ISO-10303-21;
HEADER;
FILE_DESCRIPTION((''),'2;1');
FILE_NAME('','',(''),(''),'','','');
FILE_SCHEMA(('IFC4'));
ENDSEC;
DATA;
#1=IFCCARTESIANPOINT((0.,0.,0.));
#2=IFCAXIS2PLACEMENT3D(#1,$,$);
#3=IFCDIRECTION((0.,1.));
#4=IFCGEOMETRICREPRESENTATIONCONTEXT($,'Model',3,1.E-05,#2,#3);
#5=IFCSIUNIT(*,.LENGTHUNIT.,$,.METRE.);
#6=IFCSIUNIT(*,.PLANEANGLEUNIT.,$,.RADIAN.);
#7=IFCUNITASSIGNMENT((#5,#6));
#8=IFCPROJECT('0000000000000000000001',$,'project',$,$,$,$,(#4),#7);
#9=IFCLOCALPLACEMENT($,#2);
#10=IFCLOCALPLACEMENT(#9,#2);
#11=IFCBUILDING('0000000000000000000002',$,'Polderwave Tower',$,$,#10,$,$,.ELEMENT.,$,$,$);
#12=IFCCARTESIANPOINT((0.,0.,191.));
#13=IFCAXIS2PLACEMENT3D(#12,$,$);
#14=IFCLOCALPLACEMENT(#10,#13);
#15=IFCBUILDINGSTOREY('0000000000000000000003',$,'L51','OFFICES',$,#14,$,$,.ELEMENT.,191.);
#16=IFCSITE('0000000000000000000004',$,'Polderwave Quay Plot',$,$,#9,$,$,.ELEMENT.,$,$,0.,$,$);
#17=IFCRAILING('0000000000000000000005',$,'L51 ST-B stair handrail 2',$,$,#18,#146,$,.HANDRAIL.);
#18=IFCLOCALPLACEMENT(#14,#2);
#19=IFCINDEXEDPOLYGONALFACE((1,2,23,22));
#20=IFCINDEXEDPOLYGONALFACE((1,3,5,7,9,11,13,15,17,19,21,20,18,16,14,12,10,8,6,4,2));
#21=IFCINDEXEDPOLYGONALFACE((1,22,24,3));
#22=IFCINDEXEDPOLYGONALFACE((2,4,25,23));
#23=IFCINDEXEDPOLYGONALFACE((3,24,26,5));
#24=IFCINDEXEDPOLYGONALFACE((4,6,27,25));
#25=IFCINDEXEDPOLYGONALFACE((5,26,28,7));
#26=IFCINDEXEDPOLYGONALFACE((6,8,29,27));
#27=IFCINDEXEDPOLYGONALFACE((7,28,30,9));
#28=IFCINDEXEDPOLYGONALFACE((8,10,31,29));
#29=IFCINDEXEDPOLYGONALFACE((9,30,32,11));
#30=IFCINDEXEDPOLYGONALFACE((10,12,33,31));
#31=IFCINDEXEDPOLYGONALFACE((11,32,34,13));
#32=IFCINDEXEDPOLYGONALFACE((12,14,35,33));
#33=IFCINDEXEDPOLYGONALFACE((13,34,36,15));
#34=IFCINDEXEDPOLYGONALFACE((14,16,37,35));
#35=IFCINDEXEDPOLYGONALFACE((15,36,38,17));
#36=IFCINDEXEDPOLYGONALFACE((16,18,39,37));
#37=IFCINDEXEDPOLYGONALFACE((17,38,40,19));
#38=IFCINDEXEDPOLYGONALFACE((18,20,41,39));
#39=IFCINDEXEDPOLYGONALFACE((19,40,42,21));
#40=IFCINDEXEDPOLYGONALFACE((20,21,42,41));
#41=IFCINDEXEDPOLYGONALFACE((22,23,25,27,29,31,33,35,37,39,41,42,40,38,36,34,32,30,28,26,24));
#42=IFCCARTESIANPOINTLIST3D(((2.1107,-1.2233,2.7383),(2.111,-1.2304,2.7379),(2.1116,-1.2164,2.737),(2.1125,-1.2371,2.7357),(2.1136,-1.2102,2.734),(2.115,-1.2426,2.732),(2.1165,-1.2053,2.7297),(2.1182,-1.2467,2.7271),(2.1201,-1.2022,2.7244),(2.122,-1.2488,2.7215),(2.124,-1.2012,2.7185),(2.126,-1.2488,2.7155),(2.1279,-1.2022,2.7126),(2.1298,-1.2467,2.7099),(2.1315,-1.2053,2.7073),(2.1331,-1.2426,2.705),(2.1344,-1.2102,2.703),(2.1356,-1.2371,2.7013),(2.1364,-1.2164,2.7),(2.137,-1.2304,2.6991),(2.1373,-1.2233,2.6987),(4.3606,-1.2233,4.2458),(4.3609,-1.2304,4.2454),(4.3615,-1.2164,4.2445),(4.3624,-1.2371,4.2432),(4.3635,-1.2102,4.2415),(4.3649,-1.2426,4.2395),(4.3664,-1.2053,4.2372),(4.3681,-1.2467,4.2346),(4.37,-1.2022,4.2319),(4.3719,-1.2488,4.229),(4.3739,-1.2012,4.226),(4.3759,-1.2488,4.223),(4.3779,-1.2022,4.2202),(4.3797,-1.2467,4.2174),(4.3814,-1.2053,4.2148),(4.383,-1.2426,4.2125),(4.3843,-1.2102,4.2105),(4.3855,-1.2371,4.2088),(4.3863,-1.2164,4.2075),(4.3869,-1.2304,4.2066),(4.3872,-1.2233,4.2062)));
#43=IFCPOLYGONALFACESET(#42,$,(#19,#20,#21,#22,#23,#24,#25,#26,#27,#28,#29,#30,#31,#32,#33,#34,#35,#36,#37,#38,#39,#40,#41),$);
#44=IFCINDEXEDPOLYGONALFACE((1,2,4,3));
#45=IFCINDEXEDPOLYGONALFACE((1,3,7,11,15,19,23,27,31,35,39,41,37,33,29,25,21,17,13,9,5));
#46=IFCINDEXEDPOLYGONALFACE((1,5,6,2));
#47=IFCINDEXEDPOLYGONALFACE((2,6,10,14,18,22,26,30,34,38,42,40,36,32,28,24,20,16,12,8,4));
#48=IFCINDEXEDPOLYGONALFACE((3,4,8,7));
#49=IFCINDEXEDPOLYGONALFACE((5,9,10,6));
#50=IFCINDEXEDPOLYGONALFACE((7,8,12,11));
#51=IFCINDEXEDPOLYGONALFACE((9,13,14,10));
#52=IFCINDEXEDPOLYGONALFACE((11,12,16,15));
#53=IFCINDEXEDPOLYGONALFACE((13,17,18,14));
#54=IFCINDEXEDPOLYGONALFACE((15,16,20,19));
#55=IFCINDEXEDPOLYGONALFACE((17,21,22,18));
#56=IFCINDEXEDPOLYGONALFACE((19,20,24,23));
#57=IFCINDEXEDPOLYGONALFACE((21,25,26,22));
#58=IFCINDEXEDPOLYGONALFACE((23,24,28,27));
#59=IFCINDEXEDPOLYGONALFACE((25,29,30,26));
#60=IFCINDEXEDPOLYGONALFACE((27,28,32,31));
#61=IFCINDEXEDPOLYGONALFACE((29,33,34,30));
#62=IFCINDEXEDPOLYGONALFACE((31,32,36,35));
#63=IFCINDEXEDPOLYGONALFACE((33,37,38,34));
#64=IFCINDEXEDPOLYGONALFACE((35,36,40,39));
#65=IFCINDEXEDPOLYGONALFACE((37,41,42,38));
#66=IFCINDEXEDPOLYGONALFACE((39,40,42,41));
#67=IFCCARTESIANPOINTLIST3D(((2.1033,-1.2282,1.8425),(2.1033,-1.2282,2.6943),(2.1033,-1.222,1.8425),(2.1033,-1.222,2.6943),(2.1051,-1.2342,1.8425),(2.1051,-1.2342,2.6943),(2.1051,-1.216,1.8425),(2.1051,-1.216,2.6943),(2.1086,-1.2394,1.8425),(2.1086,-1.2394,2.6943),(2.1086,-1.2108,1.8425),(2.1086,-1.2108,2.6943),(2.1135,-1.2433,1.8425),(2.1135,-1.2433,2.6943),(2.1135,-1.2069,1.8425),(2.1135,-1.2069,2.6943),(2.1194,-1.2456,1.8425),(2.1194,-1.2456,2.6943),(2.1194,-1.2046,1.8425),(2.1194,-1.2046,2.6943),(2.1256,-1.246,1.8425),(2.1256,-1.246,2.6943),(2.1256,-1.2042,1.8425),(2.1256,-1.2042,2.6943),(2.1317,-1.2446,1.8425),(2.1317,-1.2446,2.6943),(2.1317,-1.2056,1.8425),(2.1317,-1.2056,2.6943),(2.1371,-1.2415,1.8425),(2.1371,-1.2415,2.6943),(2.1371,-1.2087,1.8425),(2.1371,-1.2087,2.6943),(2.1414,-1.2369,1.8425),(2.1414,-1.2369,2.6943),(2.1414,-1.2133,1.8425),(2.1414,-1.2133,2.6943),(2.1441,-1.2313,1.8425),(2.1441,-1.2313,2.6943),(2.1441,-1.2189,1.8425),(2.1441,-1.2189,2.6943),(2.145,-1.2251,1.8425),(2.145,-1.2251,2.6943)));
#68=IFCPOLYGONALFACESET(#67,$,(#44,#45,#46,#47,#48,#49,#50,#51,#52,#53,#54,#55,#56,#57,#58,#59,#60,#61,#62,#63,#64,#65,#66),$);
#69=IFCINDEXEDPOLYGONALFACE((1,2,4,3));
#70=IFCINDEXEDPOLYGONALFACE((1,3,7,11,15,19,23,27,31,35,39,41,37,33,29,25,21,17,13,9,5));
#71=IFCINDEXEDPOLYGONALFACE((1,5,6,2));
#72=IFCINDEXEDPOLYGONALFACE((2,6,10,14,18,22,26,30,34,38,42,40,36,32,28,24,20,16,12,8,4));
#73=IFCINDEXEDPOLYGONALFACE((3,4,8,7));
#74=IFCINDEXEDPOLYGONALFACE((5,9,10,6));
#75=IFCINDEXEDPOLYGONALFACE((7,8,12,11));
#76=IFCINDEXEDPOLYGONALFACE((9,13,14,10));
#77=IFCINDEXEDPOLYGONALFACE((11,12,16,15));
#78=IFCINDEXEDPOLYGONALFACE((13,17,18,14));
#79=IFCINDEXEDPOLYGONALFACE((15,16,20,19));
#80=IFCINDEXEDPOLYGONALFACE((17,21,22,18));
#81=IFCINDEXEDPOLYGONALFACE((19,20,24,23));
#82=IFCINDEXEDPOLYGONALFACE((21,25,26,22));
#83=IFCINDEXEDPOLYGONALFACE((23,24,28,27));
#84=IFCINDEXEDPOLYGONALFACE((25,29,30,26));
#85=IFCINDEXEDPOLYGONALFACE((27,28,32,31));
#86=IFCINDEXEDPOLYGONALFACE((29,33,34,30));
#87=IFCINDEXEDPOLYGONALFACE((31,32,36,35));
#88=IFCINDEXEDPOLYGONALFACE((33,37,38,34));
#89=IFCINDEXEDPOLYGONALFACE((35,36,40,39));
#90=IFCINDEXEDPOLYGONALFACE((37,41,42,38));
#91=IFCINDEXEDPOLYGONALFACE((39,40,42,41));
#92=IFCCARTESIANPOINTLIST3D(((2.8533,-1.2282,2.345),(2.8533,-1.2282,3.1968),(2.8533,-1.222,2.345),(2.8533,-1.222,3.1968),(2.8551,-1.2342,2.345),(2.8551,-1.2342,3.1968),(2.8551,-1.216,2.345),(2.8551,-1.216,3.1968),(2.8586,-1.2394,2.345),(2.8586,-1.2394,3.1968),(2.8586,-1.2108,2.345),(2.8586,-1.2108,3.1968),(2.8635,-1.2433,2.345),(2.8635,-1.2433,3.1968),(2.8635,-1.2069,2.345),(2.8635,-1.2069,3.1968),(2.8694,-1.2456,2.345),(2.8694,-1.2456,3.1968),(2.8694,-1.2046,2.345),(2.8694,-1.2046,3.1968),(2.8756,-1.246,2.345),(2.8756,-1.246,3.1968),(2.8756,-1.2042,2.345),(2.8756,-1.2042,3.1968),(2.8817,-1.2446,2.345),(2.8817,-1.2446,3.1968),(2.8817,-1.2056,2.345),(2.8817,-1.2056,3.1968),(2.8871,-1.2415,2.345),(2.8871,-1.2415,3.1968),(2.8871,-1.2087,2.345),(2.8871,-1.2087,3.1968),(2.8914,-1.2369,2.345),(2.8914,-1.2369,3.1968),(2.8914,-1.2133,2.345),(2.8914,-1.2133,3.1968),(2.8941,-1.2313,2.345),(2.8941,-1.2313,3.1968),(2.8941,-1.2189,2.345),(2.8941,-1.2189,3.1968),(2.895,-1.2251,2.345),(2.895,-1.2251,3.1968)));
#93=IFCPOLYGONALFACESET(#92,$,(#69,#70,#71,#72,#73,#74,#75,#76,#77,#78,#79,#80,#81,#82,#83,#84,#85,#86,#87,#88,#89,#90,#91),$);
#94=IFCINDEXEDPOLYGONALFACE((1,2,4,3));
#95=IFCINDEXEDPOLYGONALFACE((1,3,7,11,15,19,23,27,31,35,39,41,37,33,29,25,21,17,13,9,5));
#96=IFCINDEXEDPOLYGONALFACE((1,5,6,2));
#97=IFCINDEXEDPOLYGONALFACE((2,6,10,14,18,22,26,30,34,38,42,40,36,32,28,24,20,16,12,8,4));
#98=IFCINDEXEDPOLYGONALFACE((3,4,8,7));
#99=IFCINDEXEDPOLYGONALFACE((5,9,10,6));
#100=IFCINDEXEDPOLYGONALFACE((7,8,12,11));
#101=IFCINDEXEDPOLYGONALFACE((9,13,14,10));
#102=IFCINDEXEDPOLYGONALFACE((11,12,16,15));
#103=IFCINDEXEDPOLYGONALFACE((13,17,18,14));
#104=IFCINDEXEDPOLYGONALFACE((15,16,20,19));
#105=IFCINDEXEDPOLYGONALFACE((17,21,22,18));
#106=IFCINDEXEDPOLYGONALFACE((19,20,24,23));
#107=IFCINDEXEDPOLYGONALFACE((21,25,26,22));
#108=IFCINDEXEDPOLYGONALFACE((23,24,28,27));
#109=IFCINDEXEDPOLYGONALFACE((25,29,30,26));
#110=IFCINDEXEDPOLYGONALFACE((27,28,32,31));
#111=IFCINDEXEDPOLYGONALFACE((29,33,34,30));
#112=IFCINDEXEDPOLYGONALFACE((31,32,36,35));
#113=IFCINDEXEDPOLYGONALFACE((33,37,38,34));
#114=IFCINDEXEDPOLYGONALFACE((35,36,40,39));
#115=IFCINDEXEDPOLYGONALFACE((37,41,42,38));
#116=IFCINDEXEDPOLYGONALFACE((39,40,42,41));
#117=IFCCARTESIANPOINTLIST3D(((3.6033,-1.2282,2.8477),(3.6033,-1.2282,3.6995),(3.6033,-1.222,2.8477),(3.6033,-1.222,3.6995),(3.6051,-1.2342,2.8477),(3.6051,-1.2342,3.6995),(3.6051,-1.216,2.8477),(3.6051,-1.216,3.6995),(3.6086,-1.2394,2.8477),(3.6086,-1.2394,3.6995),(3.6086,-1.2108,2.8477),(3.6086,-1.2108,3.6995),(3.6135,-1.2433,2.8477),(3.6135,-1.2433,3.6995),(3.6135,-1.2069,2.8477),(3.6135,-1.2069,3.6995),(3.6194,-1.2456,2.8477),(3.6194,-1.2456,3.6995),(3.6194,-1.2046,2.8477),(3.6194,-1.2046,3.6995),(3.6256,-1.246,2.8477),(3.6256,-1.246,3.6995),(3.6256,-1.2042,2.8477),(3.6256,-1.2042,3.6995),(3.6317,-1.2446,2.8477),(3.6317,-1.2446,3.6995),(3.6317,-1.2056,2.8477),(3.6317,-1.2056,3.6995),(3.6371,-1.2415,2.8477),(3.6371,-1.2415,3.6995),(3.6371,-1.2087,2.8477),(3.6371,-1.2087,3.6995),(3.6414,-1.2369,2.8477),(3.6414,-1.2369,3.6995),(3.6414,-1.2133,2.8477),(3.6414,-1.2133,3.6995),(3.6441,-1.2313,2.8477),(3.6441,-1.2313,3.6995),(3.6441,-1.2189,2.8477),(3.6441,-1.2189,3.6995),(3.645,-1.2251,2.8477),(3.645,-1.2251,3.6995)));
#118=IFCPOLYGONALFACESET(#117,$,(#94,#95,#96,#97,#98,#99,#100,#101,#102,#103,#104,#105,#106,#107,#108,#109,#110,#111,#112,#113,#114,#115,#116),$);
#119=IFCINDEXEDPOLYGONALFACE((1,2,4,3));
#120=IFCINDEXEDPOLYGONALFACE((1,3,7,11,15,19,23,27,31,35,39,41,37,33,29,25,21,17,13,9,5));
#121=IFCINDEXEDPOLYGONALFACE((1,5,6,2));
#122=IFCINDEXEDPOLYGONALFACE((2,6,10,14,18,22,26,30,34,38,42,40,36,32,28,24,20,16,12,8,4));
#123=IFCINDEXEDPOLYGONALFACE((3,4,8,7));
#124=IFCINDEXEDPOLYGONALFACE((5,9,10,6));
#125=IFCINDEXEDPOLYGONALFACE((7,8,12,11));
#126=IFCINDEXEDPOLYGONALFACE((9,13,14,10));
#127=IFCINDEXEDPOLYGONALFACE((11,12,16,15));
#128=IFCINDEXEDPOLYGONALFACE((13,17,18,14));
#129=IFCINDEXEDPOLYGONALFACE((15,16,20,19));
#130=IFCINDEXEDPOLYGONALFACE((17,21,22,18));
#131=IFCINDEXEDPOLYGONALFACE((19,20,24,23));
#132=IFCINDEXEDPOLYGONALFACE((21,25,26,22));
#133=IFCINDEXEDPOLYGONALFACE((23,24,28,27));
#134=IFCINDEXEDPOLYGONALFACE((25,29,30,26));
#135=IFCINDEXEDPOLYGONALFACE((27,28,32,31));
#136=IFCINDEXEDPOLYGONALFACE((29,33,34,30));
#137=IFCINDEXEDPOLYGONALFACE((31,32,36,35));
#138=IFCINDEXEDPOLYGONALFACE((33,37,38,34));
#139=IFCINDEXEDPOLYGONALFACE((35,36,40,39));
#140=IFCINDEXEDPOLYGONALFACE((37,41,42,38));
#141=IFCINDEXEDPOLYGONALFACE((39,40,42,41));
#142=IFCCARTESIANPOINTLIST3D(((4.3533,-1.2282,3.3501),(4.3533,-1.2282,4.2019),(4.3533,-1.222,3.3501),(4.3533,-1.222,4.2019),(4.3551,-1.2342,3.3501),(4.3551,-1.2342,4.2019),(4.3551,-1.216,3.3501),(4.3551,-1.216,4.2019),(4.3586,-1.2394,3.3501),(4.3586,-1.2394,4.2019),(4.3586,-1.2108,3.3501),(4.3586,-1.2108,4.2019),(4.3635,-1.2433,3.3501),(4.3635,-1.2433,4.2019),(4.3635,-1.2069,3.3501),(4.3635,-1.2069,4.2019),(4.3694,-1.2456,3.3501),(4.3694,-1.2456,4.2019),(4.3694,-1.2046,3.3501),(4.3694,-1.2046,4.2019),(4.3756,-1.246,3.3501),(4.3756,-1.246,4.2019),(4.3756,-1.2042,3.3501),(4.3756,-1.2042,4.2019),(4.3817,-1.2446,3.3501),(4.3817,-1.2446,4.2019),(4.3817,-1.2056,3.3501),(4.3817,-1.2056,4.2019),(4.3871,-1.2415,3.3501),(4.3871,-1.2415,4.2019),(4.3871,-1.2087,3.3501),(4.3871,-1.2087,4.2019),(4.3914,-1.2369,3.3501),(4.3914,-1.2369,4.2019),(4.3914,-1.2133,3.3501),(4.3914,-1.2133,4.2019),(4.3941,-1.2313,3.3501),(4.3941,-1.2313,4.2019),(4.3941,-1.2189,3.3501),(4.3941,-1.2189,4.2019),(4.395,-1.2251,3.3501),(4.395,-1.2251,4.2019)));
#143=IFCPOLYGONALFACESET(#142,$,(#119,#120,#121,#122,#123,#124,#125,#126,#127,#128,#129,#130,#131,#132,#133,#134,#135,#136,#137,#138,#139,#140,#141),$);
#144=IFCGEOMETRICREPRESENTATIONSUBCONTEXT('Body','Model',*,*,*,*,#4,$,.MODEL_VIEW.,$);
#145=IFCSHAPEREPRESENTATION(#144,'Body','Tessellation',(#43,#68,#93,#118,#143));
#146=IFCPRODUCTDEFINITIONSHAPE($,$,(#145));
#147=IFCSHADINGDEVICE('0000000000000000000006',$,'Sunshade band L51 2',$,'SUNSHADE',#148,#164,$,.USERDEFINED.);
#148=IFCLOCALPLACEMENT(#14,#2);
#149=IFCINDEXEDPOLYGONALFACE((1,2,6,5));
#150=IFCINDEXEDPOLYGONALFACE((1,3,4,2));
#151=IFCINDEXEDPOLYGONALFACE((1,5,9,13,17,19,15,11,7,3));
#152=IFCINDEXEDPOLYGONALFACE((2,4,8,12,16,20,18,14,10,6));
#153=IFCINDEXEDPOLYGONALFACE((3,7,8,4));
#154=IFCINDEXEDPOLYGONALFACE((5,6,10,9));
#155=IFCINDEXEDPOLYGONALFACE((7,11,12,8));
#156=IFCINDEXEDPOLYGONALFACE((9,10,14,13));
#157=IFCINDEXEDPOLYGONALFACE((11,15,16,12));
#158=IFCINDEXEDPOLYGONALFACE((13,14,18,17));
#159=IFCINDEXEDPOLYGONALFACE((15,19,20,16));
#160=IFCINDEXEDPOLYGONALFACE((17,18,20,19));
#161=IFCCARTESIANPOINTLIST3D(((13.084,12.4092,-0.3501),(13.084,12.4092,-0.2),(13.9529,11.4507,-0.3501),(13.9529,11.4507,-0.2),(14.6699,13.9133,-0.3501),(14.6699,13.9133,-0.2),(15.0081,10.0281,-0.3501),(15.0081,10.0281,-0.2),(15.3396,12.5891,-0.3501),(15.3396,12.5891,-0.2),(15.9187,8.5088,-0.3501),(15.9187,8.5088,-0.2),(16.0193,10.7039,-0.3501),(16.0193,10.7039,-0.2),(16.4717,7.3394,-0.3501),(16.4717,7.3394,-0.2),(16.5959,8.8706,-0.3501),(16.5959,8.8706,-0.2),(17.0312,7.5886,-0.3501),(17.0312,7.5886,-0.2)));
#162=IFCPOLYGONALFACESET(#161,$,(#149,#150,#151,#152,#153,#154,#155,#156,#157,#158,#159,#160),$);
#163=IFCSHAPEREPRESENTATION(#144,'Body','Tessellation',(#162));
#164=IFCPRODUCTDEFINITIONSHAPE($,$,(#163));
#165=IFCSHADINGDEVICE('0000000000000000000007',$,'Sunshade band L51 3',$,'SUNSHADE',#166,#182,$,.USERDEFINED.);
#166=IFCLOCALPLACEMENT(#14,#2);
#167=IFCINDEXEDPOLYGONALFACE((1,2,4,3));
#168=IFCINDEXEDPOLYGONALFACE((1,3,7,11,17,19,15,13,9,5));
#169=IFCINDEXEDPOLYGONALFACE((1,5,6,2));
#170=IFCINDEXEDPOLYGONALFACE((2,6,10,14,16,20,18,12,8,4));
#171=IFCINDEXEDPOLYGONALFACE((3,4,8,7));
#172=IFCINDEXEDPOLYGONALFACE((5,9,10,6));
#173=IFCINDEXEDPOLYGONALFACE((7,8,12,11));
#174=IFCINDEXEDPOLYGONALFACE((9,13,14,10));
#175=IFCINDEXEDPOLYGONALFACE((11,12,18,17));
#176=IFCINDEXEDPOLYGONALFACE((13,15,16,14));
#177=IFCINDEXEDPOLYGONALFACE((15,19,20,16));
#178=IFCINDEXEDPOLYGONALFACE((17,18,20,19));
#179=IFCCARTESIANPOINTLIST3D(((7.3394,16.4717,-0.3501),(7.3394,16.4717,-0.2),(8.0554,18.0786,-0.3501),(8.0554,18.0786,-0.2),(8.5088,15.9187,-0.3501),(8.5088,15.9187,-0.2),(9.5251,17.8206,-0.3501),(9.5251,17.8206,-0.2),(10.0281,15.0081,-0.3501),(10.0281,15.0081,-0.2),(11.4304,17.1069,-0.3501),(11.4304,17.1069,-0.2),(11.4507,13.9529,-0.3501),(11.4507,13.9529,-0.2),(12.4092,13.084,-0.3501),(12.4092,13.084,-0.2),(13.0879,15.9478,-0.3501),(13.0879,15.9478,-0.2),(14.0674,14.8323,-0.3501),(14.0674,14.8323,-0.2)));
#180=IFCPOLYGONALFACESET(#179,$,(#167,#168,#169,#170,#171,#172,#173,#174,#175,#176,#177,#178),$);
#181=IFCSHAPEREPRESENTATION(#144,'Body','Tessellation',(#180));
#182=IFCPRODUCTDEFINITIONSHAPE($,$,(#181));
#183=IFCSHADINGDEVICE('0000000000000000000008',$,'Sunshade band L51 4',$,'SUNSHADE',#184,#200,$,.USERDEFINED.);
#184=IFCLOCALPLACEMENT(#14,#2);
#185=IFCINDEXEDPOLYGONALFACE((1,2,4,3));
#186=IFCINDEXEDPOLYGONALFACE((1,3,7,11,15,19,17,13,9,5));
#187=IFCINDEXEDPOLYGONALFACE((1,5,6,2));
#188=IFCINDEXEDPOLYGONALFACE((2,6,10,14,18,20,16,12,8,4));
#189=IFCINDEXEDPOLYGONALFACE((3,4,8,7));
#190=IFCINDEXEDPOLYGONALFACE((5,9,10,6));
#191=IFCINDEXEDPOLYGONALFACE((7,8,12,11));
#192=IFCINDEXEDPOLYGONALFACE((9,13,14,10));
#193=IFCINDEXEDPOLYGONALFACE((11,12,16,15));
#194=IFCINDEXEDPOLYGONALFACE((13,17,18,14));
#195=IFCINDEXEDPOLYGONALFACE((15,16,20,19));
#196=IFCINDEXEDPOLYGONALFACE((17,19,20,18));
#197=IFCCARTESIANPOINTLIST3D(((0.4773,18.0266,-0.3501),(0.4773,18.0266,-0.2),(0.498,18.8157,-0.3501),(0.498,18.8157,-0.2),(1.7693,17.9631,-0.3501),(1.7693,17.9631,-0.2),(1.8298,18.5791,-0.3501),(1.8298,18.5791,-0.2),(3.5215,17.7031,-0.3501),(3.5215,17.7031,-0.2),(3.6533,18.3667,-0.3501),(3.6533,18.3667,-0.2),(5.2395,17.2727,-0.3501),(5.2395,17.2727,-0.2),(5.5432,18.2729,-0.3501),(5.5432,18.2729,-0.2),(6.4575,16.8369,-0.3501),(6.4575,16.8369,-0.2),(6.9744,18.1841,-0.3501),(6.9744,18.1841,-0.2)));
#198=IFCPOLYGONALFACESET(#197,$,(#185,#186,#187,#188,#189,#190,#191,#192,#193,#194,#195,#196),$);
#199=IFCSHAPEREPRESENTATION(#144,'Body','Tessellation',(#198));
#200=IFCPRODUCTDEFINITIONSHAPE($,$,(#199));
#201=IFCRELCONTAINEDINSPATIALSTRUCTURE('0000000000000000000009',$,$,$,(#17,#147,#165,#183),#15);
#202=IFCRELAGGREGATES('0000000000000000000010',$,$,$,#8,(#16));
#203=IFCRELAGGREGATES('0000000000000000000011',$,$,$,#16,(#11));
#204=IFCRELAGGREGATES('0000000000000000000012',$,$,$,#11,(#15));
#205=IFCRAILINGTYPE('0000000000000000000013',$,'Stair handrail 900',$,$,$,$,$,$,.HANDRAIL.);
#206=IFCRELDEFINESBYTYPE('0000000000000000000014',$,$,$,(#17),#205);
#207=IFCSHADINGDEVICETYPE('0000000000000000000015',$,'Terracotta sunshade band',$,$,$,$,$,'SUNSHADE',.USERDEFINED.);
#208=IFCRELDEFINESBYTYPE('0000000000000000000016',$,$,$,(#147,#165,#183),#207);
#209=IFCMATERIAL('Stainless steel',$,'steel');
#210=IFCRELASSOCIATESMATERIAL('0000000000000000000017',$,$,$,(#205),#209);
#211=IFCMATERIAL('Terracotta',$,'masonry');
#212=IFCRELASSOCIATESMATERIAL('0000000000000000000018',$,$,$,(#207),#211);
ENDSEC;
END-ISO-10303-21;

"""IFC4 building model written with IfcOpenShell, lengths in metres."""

from ifc_helpers import new_model, si_unit, direction, frame, origin, origin_2d, place, context, subcontext, project, spatial, polyline, circle, outline, extrude, material, type_object, element, save


model = new_model("IFC4")

# Units and contexts
model_context = context("Model", 3, precision=1e-05, world=origin(), true_north=direction((0.0, 1.0)))
body_context = subcontext(model_context, "Body", "Model", "MODEL_VIEW")
ifc_project = project(units=[si_unit("LENGTHUNIT", "METRE"), si_unit("PLANEANGLEUNIT", "RADIAN")], contexts=[model_context])

# Site, building, storey
site_placement = place(None, origin())
site = spatial("IfcSite", under=ifc_project, at=site_placement, Name="Polderwave Quay Plot", CompositionType="ELEMENT", RefElevation=0.0)
building_placement = place(site_placement, origin())
building = spatial("IfcBuilding", under=site, at=building_placement, Name="Polderwave Tower", CompositionType="ELEMENT")
storey_placement = place(building_placement, frame((0.0, 0.0, 191.0)))
storey = spatial("IfcBuildingStorey", under=building, at=storey_placement, Name="L51", Description="OFFICES", CompositionType="ELEMENT", Elevation=191.0)

# Railing
ifc_material_1 = material(Name="Stainless steel", Category="steel")
railing_type_1 = type_object("IfcRailingType", Name="Stair handrail 900", PredefinedType="HANDRAIL", material=ifc_material_1)
railing_1_placement = place(storey_placement, frame((2.124, -1.2251, 1.8425)))
element("IfcRailing", 1, at=railing_1_placement, inside=storey, type_object=railing_type_1, Name="L51 ST-B stair handrail 2", PredefinedType="HANDRAIL", context=body_context, shape_type="SweptSolid", body=[
    extrude(circle(Radius=0.0239, at=origin_2d()), frame((0.0, 0.0, 0.876), z_axis=(0.830758, 0.0, 0.556633), x_axis=(0.0, 1.0, 0.0)), (0.0, 0.0, 1.0), 2.7083),
    extrude(circle(Radius=0.021, at=origin_2d()), origin(), (0.0, 0.0, 1.0), 0.8518),
    extrude(circle(Radius=0.021, at=origin_2d()), frame((0.75, 0.0, 0.5024)), (0.0, 0.0, 1.0), 0.8518),
    extrude(circle(Radius=0.021, at=origin_2d()), frame((1.5, 0.0, 1.0051)), (0.0, 0.0, 1.0), 0.8518),
    extrude(circle(Radius=0.021, at=origin_2d()), frame((2.25, 0.0, 1.5076)), (0.0, 0.0, 1.0), 0.8518),
])

# Shading devices
ifc_material_2 = material(Name="Terracotta", Category="masonry")
shading_device_type = type_object("IfcShadingDeviceType", Name="Terracotta sunshade band", ElementType="SUNSHADE", PredefinedType="USERDEFINED", material=ifc_material_2)
shading_device_1_placement = place(storey_placement, frame((0.0, 0.0, -0.3501)))
element("IfcShadingDevice", 2, at=shading_device_1_placement, inside=storey, type_object=shading_device_type, Name="Sunshade band L51 2", ObjectType="SUNSHADE", PredefinedType="USERDEFINED", context=body_context, shape_type="SweptSolid", body=[
    extrude(outline(polyline([(16.4717, 7.3394), (15.9187, 8.5088), (15.0081, 10.0281), (13.9529, 11.4507), (13.084, 12.4092), (14.6699, 13.9133), (15.3396, 12.5891), (16.0193, 10.7039), (16.5959, 8.8706), (17.0312, 7.5886), (16.4717, 7.3394)])), origin(), (0.0, 0.0, 1.0), 0.1501),
])
shading_device_2_placement = place(storey_placement, frame((0.0, 0.0, -0.3501)))
element("IfcShadingDevice", 3, at=shading_device_2_placement, inside=storey, type_object=shading_device_type, Name="Sunshade band L51 3", ObjectType="SUNSHADE", PredefinedType="USERDEFINED", context=body_context, shape_type="SweptSolid", body=[
    extrude(outline(polyline([(12.4092, 13.084), (11.4507, 13.9529), (10.0281, 15.0081), (8.5088, 15.9187), (7.3394, 16.4717), (8.0554, 18.0786), (9.5251, 17.8206), (11.4304, 17.1069), (13.0879, 15.9478), (14.0674, 14.8323), (12.4092, 13.084)])), origin(), (0.0, 0.0, 1.0), 0.1501),
])
shading_device_3_placement = place(storey_placement, frame((0.0, 0.0, -0.3501)))
element("IfcShadingDevice", 4, at=shading_device_3_placement, inside=storey, type_object=shading_device_type, Name="Sunshade band L51 4", ObjectType="SUNSHADE", PredefinedType="USERDEFINED", context=body_context, shape_type="SweptSolid", body=[
    extrude(outline(polyline([(6.4575, 16.8369), (5.2395, 17.2727), (3.5215, 17.7031), (1.7693, 17.9631), (0.4773, 18.0266), (0.498, 18.8157), (1.8298, 18.5791), (3.6533, 18.3667), (5.5432, 18.2729), (6.9744, 18.1841), (6.4575, 16.8369)])), origin(), (0.0, 0.0, 1.0), 0.1501),
])

save(model, "model.ifc")
